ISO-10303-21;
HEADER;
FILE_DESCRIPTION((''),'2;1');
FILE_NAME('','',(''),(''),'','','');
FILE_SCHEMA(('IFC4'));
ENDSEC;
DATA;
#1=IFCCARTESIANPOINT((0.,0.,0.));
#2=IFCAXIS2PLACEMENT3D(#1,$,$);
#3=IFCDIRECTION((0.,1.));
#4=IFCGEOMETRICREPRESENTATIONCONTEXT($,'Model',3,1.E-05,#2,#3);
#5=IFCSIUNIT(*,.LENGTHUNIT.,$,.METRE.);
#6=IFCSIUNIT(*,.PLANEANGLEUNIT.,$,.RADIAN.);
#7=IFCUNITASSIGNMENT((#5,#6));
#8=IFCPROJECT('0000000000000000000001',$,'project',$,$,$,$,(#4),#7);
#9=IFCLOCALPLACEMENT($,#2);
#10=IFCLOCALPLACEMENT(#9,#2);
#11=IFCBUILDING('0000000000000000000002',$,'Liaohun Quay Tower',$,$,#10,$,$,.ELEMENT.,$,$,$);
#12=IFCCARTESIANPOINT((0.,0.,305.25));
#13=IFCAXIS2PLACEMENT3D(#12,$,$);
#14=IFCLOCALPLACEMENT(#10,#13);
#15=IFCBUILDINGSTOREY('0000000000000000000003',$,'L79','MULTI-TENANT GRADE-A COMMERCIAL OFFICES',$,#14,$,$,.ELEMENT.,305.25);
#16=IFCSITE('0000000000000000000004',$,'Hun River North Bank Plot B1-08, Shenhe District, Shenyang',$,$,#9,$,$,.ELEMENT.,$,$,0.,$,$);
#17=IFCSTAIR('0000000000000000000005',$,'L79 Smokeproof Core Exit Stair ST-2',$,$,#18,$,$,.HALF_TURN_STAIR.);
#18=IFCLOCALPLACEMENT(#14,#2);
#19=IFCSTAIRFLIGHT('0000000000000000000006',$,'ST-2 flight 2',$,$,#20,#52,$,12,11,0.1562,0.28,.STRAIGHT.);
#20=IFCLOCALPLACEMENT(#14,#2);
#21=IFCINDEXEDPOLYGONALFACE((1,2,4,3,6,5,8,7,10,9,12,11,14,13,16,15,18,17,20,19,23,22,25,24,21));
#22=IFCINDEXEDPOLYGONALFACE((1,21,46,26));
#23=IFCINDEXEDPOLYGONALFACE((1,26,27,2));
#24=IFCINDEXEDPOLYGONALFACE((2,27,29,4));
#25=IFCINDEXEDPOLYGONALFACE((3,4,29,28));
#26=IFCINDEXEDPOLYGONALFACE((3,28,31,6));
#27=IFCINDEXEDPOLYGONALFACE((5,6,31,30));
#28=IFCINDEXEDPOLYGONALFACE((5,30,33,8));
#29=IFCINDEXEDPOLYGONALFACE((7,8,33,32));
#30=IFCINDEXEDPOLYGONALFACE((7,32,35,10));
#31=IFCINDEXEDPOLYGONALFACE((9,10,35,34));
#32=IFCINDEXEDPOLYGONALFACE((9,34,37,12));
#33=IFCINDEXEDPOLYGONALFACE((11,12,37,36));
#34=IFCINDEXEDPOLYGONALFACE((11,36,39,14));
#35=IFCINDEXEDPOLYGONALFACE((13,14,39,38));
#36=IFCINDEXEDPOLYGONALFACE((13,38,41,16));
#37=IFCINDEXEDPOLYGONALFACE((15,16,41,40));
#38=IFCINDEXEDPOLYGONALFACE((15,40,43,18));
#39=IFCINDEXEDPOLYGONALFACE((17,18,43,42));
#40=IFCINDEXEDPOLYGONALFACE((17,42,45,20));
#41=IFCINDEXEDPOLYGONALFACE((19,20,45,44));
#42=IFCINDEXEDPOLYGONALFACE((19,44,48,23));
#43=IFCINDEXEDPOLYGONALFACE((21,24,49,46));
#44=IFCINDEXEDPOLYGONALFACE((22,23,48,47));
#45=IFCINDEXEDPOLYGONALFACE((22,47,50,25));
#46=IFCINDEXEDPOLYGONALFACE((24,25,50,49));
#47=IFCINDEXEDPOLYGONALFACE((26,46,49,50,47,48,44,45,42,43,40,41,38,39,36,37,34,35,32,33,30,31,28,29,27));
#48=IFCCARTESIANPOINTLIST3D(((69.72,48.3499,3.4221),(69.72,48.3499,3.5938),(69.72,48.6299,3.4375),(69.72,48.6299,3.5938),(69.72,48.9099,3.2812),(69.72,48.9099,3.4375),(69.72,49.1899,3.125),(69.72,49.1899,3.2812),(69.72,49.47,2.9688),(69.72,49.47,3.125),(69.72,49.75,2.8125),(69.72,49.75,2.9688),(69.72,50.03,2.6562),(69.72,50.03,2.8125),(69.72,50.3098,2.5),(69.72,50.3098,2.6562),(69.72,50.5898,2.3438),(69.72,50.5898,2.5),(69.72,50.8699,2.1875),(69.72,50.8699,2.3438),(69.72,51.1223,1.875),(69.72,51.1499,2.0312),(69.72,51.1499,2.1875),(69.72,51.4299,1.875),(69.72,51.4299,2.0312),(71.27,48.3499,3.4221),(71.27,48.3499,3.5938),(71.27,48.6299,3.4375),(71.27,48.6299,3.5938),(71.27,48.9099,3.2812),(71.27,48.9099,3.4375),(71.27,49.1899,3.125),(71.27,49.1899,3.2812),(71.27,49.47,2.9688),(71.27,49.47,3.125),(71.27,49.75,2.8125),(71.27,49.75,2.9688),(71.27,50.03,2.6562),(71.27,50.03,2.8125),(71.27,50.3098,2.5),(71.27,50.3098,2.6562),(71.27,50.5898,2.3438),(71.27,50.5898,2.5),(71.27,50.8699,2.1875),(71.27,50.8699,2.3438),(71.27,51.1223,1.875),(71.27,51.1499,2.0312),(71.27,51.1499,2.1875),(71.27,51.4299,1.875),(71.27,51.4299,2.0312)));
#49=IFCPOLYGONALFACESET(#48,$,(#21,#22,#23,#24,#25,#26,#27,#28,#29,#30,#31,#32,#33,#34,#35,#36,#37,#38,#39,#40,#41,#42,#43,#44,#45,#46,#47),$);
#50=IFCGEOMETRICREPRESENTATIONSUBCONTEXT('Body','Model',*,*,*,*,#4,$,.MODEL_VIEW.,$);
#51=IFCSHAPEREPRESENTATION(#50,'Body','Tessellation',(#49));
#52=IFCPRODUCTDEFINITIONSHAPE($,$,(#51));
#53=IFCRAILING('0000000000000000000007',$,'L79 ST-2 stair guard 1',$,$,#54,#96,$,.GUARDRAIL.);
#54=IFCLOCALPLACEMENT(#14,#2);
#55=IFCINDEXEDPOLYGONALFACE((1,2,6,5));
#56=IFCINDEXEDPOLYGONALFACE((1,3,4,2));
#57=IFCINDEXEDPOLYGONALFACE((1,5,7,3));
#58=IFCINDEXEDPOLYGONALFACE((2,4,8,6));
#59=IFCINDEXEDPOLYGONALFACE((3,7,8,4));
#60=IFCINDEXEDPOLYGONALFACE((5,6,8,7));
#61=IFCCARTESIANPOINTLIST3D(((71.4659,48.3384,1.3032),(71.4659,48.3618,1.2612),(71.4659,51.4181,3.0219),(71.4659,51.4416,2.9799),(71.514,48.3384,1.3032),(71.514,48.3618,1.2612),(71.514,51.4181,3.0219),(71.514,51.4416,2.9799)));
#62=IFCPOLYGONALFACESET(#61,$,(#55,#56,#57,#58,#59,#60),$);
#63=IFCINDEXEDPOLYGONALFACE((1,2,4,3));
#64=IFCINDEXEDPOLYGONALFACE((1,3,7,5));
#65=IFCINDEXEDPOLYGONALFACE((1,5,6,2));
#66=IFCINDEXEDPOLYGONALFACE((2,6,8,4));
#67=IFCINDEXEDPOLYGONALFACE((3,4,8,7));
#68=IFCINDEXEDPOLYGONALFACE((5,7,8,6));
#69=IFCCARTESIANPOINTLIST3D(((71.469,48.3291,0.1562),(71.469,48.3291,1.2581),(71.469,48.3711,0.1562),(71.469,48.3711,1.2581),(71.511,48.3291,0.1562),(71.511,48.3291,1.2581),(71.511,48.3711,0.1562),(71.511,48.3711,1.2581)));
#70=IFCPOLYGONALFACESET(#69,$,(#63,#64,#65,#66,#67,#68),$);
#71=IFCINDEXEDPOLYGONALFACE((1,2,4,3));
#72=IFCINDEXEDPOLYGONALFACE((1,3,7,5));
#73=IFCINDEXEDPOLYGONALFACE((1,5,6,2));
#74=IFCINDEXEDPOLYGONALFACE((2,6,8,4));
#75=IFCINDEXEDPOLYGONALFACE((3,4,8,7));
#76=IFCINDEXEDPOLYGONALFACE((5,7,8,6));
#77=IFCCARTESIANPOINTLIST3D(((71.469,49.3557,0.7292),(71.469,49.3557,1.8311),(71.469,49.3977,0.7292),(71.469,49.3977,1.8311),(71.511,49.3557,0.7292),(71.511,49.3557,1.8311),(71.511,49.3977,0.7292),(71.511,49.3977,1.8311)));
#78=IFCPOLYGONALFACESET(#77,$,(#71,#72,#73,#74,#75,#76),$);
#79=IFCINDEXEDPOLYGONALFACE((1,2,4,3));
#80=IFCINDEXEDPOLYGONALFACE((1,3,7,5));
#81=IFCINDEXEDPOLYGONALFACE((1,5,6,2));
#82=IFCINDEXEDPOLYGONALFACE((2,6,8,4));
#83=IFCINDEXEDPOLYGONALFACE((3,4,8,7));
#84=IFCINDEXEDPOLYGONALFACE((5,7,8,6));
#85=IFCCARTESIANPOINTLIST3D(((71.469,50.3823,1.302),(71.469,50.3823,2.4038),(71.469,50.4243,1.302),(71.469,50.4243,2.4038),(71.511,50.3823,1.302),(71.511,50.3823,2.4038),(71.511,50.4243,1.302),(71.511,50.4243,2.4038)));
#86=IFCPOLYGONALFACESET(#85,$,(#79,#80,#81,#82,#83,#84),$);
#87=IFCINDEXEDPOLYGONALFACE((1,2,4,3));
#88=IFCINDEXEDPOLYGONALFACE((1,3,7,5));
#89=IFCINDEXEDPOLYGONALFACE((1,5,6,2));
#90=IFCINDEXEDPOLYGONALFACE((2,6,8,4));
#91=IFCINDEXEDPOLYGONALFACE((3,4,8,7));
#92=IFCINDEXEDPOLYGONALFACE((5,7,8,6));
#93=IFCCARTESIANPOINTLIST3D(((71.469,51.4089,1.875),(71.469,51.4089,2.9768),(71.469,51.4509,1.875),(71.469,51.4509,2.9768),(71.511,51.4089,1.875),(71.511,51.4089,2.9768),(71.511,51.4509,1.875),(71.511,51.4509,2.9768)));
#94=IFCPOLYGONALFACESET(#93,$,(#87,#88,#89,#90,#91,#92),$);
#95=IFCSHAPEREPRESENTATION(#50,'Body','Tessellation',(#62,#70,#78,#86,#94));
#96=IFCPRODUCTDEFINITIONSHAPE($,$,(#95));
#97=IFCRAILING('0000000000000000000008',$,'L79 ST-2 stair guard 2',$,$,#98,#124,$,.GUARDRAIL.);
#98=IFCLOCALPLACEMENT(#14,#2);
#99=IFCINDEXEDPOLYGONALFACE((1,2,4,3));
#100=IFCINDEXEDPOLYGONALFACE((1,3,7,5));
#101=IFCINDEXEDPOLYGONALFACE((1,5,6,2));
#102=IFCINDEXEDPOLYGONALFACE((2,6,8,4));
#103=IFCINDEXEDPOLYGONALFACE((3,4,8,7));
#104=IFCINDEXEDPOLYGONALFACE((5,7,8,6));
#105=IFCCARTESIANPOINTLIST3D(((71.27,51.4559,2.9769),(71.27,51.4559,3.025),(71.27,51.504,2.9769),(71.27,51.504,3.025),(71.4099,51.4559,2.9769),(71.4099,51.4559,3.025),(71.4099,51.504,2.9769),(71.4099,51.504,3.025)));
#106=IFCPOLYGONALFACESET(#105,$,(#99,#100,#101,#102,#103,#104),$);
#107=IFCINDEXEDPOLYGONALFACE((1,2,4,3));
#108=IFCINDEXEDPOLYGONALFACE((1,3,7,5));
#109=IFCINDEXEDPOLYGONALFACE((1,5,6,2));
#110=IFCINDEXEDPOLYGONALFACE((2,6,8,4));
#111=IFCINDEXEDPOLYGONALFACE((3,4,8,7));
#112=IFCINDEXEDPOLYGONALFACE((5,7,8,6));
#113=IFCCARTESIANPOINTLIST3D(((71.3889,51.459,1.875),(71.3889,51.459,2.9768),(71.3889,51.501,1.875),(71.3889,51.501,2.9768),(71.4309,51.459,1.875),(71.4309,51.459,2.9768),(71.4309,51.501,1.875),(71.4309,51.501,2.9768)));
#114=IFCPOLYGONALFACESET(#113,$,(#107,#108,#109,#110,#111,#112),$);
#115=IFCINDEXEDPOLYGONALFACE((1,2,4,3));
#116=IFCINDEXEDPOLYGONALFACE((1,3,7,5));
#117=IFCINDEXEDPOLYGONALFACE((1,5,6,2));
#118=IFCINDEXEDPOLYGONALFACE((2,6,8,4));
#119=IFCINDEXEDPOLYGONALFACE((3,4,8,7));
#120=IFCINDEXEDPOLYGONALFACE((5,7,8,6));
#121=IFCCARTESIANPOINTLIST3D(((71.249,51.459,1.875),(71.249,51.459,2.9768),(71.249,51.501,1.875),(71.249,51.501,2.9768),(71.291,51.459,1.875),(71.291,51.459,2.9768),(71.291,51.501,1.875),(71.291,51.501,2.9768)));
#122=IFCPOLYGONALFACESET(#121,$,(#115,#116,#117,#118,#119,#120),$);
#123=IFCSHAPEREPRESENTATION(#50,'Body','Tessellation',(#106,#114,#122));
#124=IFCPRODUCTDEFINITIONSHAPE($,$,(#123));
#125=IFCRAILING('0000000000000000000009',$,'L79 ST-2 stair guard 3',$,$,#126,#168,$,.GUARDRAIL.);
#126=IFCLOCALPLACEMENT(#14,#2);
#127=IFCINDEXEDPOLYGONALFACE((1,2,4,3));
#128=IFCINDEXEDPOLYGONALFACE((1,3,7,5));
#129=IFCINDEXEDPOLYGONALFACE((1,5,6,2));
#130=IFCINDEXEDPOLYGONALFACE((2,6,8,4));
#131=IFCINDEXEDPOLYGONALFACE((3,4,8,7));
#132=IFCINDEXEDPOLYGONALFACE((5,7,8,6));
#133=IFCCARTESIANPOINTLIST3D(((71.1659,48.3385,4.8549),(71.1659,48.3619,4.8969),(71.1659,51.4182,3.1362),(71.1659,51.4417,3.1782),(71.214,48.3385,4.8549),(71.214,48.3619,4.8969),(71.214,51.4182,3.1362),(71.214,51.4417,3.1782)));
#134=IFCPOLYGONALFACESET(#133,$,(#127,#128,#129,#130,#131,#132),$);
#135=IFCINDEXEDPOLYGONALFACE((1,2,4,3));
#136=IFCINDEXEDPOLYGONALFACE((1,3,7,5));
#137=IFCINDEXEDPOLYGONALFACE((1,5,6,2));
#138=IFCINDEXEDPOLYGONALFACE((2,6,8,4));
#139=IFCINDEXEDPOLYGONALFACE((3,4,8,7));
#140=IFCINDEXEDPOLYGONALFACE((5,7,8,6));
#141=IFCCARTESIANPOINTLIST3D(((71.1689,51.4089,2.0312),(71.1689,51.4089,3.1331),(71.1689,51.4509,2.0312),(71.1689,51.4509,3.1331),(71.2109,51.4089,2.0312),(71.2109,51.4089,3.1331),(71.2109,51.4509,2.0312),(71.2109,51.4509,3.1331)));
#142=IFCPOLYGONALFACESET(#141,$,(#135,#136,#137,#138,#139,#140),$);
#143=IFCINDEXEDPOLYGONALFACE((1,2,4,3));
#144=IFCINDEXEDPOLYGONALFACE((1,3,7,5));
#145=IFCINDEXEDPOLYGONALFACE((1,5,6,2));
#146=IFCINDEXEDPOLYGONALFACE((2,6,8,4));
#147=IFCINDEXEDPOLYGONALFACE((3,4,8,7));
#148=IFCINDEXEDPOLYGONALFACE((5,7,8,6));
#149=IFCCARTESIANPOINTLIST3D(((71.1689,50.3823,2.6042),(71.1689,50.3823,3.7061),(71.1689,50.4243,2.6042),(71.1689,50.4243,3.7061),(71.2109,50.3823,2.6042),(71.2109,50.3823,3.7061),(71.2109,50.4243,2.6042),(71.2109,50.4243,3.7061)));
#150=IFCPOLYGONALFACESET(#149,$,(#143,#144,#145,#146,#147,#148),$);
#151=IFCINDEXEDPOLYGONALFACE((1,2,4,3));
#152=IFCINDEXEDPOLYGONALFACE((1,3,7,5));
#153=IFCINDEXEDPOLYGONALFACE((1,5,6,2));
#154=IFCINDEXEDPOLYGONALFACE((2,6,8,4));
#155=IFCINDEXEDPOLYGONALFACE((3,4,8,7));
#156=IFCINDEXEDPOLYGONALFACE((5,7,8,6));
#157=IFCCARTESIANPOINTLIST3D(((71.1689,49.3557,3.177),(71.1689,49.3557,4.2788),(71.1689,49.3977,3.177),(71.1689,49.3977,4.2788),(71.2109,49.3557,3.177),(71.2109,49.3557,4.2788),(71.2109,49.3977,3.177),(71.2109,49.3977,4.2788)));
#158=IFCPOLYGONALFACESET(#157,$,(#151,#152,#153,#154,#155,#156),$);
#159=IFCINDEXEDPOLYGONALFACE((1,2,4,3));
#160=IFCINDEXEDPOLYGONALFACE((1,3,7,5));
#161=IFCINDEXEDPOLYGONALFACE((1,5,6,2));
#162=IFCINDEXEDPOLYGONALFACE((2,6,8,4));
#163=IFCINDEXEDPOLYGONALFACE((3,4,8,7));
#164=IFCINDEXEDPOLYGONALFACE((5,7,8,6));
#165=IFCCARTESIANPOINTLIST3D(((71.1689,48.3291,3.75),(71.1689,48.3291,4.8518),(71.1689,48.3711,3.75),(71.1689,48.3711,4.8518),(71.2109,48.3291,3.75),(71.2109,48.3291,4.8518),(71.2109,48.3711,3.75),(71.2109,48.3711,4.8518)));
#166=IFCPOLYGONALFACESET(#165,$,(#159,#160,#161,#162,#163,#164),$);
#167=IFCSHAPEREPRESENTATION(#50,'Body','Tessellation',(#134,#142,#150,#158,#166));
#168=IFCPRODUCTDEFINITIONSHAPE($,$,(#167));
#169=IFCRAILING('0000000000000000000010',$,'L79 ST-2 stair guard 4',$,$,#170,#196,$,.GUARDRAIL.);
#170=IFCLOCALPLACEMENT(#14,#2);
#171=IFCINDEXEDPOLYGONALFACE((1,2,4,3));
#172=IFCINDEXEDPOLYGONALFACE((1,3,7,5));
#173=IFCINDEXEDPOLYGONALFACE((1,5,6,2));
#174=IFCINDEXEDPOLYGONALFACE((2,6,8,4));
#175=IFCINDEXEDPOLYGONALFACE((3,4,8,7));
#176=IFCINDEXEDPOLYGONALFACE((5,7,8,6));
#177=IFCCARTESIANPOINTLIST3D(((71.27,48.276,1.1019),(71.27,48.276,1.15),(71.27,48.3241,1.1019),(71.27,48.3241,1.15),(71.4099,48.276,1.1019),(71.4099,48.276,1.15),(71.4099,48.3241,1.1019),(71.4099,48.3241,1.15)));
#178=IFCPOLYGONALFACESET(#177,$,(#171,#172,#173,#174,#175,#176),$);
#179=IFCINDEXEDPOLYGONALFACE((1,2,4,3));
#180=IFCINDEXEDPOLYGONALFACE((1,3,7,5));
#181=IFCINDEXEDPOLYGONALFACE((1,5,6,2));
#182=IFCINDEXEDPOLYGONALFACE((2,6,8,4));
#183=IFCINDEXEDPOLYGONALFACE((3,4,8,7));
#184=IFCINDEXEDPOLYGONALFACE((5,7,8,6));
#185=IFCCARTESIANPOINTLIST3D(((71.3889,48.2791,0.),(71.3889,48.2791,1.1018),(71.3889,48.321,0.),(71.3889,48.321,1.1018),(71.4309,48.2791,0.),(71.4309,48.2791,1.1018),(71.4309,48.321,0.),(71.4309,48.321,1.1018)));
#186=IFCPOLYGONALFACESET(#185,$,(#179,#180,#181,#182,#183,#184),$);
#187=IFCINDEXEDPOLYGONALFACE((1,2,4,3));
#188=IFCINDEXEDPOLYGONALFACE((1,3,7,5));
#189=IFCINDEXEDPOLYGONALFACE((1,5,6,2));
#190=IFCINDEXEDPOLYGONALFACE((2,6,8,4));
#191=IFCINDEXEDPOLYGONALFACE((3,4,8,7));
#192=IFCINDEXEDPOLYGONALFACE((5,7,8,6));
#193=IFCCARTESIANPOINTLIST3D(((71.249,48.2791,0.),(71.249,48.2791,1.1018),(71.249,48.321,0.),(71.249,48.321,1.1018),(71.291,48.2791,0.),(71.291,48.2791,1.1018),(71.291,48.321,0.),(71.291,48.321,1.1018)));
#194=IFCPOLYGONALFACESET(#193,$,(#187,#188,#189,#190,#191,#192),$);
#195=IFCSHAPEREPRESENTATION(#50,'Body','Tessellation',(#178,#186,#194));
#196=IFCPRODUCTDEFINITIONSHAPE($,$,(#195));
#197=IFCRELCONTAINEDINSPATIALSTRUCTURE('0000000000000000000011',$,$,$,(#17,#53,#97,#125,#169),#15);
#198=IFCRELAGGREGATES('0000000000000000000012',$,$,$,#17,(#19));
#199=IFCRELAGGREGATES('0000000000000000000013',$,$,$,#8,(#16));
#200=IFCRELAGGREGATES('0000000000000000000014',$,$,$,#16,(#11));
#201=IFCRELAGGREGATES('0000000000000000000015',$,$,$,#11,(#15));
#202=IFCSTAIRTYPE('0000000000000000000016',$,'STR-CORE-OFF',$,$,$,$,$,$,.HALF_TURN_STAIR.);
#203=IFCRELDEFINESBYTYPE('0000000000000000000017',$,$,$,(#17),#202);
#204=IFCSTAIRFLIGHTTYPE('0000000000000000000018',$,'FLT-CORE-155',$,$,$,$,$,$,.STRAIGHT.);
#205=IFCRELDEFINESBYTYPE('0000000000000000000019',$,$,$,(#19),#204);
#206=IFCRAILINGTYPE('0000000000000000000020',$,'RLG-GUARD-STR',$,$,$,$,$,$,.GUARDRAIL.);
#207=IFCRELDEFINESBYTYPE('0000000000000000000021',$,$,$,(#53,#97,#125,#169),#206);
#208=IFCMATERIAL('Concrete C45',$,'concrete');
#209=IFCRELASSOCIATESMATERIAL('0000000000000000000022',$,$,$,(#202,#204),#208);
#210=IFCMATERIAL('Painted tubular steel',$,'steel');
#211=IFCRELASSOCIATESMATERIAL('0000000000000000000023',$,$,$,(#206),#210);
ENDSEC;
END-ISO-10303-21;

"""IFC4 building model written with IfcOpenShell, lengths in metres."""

from ifc_helpers import new_model, si_unit, direction, frame, origin, origin_2d, place, context, subcontext, project, spatial, polyline, rectangle, outline, extrude, material, type_object, element, aggregate, save


model = new_model("IFC4")

# Units and contexts
model_context = context("Model", 3, precision=1e-05, world=origin(), true_north=direction((0.0, 1.0)))
body_context = subcontext(model_context, "Body", "Model", "MODEL_VIEW")
ifc_project = project(units=[si_unit("LENGTHUNIT", "METRE"), si_unit("PLANEANGLEUNIT", "RADIAN")], contexts=[model_context])

# Site, building, storey
site_placement = place(None, origin())
site = spatial("IfcSite", under=ifc_project, at=site_placement, Name="Hun River North Bank Plot B1-08, Shenhe District, Shenyang", CompositionType="ELEMENT", RefElevation=0.0)
building_placement = place(site_placement, origin())
building = spatial("IfcBuilding", under=site, at=building_placement, Name="Liaohun Quay Tower", CompositionType="ELEMENT")
storey_placement = place(building_placement, frame((0.0, 0.0, 305.25)))
storey = spatial("IfcBuildingStorey", under=building, at=storey_placement, Name="L79", Description="MULTI-TENANT GRADE-A COMMERCIAL OFFICES", CompositionType="ELEMENT", Elevation=305.25)

# Stair, stair flight
ifc_material_1 = material(Name="Concrete C45", Category="concrete")
stair_type = type_object("IfcStairType", Name="STR-CORE-OFF", PredefinedType="HALF_TURN_STAIR", material=ifc_material_1)
stair_placement = place(storey_placement, origin())
stair = element("IfcStair", 1, at=stair_placement, inside=storey, type_object=stair_type, Name="L79 Smokeproof Core Exit Stair ST-2", PredefinedType="HALF_TURN_STAIR")
stair_flight_type = type_object("IfcStairFlightType", Name="FLT-CORE-155", PredefinedType="STRAIGHT", material=ifc_material_1)
stair_flight_1_placement = place(storey_placement, frame((70.4951, 51.4299, 1.875), z_axis=(0.0, 0.0, 1.0), x_axis=(0.0, -1.0, 0.0)))
stair_flight_1 = element("IfcStairFlight", 2, at=stair_flight_1_placement, type_object=stair_flight_type, Name="ST-2 flight 2", NumberOfRisers=12, NumberOfTreads=11, PredefinedType="STRAIGHT", RiserHeight=0.1562, TreadLength=0.28, context=body_context, shape_type="SweptSolid", body=[
    extrude(outline(polyline([(0.0, 0.0), (0.0, 0.1562), (0.28, 0.1562), (0.28, 0.3125), (0.5601, 0.3125), (0.5601, 0.4688), (0.8401, 0.4688), (0.8401, 0.625), (1.1201, 0.625), (1.1201, 0.7812), (1.3999, 0.7812), (1.3999, 0.9375), (1.6799, 0.9375), (1.6799, 1.0938), (1.96, 1.0938), (1.96, 1.25), (2.24, 1.25), (2.24, 1.4062), (2.52, 1.4062), (2.52, 1.5625), (2.8, 1.5625), (2.8, 1.7188), (3.0801, 1.7188), (3.0801, 1.875), (3.0801, 1.5471), (0.3076, 0.0), (0.0, 0.0)])), frame((0.0, 0.7749, 0.0), z_axis=(0.0, -1.0, 0.0), x_axis=(1.0, 0.0, 0.0)), (0.0, 0.0, 1.0), 1.55),
])
aggregate(stair, [stair_flight_1])

# Railings
ifc_material_2 = material(Name="Painted tubular steel", Category="steel")
railing_type_1 = type_object("IfcRailingType", Name="RLG-GUARD-STR", PredefinedType="GUARDRAIL", material=ifc_material_2)
railing_1_placement = place(storey_placement, frame((71.49, 48.3501, 0.1562)))
element("IfcRailing", 3, at=railing_1_placement, inside=storey, type_object=railing_type_1, Name="L79 ST-2 stair guard 1", PredefinedType="GUARDRAIL", context=body_context, shape_type="SweptSolid", body=[
    extrude(rectangle(XDim=0.0481, YDim=0.0481, at=origin_2d()), frame((0.0, 0.0, 1.126), z_axis=(0.0, 0.873225, 0.487317), x_axis=(-1.0, 0.0, 0.0)), (0.0, 0.0, 1.0), 3.5269),
    extrude(rectangle(XDim=0.042, YDim=0.042, at=origin_2d()), origin(), (0.0, 0.0, 1.0), 1.1018),
    extrude(rectangle(XDim=0.042, YDim=0.042, at=origin_2d()), frame((0.0, 1.0266, 0.573)), (0.0, 0.0, 1.0), 1.1018),
    extrude(rectangle(XDim=0.042, YDim=0.042, at=origin_2d()), frame((0.0, 2.0532, 1.1458)), (0.0, 0.0, 1.0), 1.1018),
    extrude(rectangle(XDim=0.042, YDim=0.042, at=origin_2d()), frame((0.0, 3.0798, 1.7188)), (0.0, 0.0, 1.0), 1.1018),
])
railing_2_placement = place(storey_placement, frame((71.4099, 51.48, 1.875)))
element("IfcRailing", 4, at=railing_2_placement, inside=storey, type_object=railing_type_1, Name="L79 ST-2 stair guard 2", PredefinedType="GUARDRAIL", context=body_context, shape_type="SweptSolid", body=[
    extrude(rectangle(XDim=0.0481, YDim=0.0481, at=origin_2d()), frame((0.0, 0.0, 1.126), z_axis=(-1.0, 0.0, 0.0), x_axis=(0.0, -1.0, 0.0)), (0.0, 0.0, 1.0), 0.1399),
    extrude(rectangle(XDim=0.042, YDim=0.042, at=origin_2d()), origin(), (0.0, 0.0, 1.0), 1.1018),
    extrude(rectangle(XDim=0.042, YDim=0.042, at=origin_2d()), frame((-0.1399, 0.0, 0.0)), (0.0, 0.0, 1.0), 1.1018),
])
railing_3_placement = place(storey_placement, frame((71.1899, 51.4299, 2.0312)))
element("IfcRailing", 5, at=railing_3_placement, inside=storey, type_object=railing_type_1, Name="L79 ST-2 stair guard 3", PredefinedType="GUARDRAIL", context=body_context, shape_type="SweptSolid", body=[
    extrude(rectangle(XDim=0.0481, YDim=0.0481, at=origin_2d()), frame((0.0, 0.0, 1.126), z_axis=(0.0, -0.873225, 0.487317), x_axis=(1.0, 0.0, 0.0)), (0.0, 0.0, 1.0), 3.5269),
    extrude(rectangle(XDim=0.042, YDim=0.042, at=origin_2d()), origin(), (0.0, 0.0, 1.0), 1.1018),
    extrude(rectangle(XDim=0.042, YDim=0.042, at=origin_2d()), frame((0.0, -1.0266, 0.573)), (0.0, 0.0, 1.0), 1.1018),
    extrude(rectangle(XDim=0.042, YDim=0.042, at=origin_2d()), frame((0.0, -2.0532, 1.1458)), (0.0, 0.0, 1.0), 1.1018),
    extrude(rectangle(XDim=0.042, YDim=0.042, at=origin_2d()), frame((0.0, -3.0798, 1.7188)), (0.0, 0.0, 1.0), 1.1018),
])
railing_4_placement = place(storey_placement, frame((71.4099, 48.3, 0.0)))
element("IfcRailing", 6, at=railing_4_placement, inside=storey, type_object=railing_type_1, Name="L79 ST-2 stair guard 4", PredefinedType="GUARDRAIL", context=body_context, shape_type="SweptSolid", body=[
    extrude(rectangle(XDim=0.0481, YDim=0.0481, at=origin_2d()), frame((0.0, 0.0, 1.126), z_axis=(-1.0, 0.0, 0.0), x_axis=(0.0, -1.0, 0.0)), (0.0, 0.0, 1.0), 0.1399),
    extrude(rectangle(XDim=0.042, YDim=0.042, at=origin_2d()), origin(), (0.0, 0.0, 1.0), 1.1018),
    extrude(rectangle(XDim=0.042, YDim=0.042, at=origin_2d()), frame((-0.1399, 0.0, 0.0)), (0.0, 0.0, 1.0), 1.1018),
])

save(model, "model.ifc")
